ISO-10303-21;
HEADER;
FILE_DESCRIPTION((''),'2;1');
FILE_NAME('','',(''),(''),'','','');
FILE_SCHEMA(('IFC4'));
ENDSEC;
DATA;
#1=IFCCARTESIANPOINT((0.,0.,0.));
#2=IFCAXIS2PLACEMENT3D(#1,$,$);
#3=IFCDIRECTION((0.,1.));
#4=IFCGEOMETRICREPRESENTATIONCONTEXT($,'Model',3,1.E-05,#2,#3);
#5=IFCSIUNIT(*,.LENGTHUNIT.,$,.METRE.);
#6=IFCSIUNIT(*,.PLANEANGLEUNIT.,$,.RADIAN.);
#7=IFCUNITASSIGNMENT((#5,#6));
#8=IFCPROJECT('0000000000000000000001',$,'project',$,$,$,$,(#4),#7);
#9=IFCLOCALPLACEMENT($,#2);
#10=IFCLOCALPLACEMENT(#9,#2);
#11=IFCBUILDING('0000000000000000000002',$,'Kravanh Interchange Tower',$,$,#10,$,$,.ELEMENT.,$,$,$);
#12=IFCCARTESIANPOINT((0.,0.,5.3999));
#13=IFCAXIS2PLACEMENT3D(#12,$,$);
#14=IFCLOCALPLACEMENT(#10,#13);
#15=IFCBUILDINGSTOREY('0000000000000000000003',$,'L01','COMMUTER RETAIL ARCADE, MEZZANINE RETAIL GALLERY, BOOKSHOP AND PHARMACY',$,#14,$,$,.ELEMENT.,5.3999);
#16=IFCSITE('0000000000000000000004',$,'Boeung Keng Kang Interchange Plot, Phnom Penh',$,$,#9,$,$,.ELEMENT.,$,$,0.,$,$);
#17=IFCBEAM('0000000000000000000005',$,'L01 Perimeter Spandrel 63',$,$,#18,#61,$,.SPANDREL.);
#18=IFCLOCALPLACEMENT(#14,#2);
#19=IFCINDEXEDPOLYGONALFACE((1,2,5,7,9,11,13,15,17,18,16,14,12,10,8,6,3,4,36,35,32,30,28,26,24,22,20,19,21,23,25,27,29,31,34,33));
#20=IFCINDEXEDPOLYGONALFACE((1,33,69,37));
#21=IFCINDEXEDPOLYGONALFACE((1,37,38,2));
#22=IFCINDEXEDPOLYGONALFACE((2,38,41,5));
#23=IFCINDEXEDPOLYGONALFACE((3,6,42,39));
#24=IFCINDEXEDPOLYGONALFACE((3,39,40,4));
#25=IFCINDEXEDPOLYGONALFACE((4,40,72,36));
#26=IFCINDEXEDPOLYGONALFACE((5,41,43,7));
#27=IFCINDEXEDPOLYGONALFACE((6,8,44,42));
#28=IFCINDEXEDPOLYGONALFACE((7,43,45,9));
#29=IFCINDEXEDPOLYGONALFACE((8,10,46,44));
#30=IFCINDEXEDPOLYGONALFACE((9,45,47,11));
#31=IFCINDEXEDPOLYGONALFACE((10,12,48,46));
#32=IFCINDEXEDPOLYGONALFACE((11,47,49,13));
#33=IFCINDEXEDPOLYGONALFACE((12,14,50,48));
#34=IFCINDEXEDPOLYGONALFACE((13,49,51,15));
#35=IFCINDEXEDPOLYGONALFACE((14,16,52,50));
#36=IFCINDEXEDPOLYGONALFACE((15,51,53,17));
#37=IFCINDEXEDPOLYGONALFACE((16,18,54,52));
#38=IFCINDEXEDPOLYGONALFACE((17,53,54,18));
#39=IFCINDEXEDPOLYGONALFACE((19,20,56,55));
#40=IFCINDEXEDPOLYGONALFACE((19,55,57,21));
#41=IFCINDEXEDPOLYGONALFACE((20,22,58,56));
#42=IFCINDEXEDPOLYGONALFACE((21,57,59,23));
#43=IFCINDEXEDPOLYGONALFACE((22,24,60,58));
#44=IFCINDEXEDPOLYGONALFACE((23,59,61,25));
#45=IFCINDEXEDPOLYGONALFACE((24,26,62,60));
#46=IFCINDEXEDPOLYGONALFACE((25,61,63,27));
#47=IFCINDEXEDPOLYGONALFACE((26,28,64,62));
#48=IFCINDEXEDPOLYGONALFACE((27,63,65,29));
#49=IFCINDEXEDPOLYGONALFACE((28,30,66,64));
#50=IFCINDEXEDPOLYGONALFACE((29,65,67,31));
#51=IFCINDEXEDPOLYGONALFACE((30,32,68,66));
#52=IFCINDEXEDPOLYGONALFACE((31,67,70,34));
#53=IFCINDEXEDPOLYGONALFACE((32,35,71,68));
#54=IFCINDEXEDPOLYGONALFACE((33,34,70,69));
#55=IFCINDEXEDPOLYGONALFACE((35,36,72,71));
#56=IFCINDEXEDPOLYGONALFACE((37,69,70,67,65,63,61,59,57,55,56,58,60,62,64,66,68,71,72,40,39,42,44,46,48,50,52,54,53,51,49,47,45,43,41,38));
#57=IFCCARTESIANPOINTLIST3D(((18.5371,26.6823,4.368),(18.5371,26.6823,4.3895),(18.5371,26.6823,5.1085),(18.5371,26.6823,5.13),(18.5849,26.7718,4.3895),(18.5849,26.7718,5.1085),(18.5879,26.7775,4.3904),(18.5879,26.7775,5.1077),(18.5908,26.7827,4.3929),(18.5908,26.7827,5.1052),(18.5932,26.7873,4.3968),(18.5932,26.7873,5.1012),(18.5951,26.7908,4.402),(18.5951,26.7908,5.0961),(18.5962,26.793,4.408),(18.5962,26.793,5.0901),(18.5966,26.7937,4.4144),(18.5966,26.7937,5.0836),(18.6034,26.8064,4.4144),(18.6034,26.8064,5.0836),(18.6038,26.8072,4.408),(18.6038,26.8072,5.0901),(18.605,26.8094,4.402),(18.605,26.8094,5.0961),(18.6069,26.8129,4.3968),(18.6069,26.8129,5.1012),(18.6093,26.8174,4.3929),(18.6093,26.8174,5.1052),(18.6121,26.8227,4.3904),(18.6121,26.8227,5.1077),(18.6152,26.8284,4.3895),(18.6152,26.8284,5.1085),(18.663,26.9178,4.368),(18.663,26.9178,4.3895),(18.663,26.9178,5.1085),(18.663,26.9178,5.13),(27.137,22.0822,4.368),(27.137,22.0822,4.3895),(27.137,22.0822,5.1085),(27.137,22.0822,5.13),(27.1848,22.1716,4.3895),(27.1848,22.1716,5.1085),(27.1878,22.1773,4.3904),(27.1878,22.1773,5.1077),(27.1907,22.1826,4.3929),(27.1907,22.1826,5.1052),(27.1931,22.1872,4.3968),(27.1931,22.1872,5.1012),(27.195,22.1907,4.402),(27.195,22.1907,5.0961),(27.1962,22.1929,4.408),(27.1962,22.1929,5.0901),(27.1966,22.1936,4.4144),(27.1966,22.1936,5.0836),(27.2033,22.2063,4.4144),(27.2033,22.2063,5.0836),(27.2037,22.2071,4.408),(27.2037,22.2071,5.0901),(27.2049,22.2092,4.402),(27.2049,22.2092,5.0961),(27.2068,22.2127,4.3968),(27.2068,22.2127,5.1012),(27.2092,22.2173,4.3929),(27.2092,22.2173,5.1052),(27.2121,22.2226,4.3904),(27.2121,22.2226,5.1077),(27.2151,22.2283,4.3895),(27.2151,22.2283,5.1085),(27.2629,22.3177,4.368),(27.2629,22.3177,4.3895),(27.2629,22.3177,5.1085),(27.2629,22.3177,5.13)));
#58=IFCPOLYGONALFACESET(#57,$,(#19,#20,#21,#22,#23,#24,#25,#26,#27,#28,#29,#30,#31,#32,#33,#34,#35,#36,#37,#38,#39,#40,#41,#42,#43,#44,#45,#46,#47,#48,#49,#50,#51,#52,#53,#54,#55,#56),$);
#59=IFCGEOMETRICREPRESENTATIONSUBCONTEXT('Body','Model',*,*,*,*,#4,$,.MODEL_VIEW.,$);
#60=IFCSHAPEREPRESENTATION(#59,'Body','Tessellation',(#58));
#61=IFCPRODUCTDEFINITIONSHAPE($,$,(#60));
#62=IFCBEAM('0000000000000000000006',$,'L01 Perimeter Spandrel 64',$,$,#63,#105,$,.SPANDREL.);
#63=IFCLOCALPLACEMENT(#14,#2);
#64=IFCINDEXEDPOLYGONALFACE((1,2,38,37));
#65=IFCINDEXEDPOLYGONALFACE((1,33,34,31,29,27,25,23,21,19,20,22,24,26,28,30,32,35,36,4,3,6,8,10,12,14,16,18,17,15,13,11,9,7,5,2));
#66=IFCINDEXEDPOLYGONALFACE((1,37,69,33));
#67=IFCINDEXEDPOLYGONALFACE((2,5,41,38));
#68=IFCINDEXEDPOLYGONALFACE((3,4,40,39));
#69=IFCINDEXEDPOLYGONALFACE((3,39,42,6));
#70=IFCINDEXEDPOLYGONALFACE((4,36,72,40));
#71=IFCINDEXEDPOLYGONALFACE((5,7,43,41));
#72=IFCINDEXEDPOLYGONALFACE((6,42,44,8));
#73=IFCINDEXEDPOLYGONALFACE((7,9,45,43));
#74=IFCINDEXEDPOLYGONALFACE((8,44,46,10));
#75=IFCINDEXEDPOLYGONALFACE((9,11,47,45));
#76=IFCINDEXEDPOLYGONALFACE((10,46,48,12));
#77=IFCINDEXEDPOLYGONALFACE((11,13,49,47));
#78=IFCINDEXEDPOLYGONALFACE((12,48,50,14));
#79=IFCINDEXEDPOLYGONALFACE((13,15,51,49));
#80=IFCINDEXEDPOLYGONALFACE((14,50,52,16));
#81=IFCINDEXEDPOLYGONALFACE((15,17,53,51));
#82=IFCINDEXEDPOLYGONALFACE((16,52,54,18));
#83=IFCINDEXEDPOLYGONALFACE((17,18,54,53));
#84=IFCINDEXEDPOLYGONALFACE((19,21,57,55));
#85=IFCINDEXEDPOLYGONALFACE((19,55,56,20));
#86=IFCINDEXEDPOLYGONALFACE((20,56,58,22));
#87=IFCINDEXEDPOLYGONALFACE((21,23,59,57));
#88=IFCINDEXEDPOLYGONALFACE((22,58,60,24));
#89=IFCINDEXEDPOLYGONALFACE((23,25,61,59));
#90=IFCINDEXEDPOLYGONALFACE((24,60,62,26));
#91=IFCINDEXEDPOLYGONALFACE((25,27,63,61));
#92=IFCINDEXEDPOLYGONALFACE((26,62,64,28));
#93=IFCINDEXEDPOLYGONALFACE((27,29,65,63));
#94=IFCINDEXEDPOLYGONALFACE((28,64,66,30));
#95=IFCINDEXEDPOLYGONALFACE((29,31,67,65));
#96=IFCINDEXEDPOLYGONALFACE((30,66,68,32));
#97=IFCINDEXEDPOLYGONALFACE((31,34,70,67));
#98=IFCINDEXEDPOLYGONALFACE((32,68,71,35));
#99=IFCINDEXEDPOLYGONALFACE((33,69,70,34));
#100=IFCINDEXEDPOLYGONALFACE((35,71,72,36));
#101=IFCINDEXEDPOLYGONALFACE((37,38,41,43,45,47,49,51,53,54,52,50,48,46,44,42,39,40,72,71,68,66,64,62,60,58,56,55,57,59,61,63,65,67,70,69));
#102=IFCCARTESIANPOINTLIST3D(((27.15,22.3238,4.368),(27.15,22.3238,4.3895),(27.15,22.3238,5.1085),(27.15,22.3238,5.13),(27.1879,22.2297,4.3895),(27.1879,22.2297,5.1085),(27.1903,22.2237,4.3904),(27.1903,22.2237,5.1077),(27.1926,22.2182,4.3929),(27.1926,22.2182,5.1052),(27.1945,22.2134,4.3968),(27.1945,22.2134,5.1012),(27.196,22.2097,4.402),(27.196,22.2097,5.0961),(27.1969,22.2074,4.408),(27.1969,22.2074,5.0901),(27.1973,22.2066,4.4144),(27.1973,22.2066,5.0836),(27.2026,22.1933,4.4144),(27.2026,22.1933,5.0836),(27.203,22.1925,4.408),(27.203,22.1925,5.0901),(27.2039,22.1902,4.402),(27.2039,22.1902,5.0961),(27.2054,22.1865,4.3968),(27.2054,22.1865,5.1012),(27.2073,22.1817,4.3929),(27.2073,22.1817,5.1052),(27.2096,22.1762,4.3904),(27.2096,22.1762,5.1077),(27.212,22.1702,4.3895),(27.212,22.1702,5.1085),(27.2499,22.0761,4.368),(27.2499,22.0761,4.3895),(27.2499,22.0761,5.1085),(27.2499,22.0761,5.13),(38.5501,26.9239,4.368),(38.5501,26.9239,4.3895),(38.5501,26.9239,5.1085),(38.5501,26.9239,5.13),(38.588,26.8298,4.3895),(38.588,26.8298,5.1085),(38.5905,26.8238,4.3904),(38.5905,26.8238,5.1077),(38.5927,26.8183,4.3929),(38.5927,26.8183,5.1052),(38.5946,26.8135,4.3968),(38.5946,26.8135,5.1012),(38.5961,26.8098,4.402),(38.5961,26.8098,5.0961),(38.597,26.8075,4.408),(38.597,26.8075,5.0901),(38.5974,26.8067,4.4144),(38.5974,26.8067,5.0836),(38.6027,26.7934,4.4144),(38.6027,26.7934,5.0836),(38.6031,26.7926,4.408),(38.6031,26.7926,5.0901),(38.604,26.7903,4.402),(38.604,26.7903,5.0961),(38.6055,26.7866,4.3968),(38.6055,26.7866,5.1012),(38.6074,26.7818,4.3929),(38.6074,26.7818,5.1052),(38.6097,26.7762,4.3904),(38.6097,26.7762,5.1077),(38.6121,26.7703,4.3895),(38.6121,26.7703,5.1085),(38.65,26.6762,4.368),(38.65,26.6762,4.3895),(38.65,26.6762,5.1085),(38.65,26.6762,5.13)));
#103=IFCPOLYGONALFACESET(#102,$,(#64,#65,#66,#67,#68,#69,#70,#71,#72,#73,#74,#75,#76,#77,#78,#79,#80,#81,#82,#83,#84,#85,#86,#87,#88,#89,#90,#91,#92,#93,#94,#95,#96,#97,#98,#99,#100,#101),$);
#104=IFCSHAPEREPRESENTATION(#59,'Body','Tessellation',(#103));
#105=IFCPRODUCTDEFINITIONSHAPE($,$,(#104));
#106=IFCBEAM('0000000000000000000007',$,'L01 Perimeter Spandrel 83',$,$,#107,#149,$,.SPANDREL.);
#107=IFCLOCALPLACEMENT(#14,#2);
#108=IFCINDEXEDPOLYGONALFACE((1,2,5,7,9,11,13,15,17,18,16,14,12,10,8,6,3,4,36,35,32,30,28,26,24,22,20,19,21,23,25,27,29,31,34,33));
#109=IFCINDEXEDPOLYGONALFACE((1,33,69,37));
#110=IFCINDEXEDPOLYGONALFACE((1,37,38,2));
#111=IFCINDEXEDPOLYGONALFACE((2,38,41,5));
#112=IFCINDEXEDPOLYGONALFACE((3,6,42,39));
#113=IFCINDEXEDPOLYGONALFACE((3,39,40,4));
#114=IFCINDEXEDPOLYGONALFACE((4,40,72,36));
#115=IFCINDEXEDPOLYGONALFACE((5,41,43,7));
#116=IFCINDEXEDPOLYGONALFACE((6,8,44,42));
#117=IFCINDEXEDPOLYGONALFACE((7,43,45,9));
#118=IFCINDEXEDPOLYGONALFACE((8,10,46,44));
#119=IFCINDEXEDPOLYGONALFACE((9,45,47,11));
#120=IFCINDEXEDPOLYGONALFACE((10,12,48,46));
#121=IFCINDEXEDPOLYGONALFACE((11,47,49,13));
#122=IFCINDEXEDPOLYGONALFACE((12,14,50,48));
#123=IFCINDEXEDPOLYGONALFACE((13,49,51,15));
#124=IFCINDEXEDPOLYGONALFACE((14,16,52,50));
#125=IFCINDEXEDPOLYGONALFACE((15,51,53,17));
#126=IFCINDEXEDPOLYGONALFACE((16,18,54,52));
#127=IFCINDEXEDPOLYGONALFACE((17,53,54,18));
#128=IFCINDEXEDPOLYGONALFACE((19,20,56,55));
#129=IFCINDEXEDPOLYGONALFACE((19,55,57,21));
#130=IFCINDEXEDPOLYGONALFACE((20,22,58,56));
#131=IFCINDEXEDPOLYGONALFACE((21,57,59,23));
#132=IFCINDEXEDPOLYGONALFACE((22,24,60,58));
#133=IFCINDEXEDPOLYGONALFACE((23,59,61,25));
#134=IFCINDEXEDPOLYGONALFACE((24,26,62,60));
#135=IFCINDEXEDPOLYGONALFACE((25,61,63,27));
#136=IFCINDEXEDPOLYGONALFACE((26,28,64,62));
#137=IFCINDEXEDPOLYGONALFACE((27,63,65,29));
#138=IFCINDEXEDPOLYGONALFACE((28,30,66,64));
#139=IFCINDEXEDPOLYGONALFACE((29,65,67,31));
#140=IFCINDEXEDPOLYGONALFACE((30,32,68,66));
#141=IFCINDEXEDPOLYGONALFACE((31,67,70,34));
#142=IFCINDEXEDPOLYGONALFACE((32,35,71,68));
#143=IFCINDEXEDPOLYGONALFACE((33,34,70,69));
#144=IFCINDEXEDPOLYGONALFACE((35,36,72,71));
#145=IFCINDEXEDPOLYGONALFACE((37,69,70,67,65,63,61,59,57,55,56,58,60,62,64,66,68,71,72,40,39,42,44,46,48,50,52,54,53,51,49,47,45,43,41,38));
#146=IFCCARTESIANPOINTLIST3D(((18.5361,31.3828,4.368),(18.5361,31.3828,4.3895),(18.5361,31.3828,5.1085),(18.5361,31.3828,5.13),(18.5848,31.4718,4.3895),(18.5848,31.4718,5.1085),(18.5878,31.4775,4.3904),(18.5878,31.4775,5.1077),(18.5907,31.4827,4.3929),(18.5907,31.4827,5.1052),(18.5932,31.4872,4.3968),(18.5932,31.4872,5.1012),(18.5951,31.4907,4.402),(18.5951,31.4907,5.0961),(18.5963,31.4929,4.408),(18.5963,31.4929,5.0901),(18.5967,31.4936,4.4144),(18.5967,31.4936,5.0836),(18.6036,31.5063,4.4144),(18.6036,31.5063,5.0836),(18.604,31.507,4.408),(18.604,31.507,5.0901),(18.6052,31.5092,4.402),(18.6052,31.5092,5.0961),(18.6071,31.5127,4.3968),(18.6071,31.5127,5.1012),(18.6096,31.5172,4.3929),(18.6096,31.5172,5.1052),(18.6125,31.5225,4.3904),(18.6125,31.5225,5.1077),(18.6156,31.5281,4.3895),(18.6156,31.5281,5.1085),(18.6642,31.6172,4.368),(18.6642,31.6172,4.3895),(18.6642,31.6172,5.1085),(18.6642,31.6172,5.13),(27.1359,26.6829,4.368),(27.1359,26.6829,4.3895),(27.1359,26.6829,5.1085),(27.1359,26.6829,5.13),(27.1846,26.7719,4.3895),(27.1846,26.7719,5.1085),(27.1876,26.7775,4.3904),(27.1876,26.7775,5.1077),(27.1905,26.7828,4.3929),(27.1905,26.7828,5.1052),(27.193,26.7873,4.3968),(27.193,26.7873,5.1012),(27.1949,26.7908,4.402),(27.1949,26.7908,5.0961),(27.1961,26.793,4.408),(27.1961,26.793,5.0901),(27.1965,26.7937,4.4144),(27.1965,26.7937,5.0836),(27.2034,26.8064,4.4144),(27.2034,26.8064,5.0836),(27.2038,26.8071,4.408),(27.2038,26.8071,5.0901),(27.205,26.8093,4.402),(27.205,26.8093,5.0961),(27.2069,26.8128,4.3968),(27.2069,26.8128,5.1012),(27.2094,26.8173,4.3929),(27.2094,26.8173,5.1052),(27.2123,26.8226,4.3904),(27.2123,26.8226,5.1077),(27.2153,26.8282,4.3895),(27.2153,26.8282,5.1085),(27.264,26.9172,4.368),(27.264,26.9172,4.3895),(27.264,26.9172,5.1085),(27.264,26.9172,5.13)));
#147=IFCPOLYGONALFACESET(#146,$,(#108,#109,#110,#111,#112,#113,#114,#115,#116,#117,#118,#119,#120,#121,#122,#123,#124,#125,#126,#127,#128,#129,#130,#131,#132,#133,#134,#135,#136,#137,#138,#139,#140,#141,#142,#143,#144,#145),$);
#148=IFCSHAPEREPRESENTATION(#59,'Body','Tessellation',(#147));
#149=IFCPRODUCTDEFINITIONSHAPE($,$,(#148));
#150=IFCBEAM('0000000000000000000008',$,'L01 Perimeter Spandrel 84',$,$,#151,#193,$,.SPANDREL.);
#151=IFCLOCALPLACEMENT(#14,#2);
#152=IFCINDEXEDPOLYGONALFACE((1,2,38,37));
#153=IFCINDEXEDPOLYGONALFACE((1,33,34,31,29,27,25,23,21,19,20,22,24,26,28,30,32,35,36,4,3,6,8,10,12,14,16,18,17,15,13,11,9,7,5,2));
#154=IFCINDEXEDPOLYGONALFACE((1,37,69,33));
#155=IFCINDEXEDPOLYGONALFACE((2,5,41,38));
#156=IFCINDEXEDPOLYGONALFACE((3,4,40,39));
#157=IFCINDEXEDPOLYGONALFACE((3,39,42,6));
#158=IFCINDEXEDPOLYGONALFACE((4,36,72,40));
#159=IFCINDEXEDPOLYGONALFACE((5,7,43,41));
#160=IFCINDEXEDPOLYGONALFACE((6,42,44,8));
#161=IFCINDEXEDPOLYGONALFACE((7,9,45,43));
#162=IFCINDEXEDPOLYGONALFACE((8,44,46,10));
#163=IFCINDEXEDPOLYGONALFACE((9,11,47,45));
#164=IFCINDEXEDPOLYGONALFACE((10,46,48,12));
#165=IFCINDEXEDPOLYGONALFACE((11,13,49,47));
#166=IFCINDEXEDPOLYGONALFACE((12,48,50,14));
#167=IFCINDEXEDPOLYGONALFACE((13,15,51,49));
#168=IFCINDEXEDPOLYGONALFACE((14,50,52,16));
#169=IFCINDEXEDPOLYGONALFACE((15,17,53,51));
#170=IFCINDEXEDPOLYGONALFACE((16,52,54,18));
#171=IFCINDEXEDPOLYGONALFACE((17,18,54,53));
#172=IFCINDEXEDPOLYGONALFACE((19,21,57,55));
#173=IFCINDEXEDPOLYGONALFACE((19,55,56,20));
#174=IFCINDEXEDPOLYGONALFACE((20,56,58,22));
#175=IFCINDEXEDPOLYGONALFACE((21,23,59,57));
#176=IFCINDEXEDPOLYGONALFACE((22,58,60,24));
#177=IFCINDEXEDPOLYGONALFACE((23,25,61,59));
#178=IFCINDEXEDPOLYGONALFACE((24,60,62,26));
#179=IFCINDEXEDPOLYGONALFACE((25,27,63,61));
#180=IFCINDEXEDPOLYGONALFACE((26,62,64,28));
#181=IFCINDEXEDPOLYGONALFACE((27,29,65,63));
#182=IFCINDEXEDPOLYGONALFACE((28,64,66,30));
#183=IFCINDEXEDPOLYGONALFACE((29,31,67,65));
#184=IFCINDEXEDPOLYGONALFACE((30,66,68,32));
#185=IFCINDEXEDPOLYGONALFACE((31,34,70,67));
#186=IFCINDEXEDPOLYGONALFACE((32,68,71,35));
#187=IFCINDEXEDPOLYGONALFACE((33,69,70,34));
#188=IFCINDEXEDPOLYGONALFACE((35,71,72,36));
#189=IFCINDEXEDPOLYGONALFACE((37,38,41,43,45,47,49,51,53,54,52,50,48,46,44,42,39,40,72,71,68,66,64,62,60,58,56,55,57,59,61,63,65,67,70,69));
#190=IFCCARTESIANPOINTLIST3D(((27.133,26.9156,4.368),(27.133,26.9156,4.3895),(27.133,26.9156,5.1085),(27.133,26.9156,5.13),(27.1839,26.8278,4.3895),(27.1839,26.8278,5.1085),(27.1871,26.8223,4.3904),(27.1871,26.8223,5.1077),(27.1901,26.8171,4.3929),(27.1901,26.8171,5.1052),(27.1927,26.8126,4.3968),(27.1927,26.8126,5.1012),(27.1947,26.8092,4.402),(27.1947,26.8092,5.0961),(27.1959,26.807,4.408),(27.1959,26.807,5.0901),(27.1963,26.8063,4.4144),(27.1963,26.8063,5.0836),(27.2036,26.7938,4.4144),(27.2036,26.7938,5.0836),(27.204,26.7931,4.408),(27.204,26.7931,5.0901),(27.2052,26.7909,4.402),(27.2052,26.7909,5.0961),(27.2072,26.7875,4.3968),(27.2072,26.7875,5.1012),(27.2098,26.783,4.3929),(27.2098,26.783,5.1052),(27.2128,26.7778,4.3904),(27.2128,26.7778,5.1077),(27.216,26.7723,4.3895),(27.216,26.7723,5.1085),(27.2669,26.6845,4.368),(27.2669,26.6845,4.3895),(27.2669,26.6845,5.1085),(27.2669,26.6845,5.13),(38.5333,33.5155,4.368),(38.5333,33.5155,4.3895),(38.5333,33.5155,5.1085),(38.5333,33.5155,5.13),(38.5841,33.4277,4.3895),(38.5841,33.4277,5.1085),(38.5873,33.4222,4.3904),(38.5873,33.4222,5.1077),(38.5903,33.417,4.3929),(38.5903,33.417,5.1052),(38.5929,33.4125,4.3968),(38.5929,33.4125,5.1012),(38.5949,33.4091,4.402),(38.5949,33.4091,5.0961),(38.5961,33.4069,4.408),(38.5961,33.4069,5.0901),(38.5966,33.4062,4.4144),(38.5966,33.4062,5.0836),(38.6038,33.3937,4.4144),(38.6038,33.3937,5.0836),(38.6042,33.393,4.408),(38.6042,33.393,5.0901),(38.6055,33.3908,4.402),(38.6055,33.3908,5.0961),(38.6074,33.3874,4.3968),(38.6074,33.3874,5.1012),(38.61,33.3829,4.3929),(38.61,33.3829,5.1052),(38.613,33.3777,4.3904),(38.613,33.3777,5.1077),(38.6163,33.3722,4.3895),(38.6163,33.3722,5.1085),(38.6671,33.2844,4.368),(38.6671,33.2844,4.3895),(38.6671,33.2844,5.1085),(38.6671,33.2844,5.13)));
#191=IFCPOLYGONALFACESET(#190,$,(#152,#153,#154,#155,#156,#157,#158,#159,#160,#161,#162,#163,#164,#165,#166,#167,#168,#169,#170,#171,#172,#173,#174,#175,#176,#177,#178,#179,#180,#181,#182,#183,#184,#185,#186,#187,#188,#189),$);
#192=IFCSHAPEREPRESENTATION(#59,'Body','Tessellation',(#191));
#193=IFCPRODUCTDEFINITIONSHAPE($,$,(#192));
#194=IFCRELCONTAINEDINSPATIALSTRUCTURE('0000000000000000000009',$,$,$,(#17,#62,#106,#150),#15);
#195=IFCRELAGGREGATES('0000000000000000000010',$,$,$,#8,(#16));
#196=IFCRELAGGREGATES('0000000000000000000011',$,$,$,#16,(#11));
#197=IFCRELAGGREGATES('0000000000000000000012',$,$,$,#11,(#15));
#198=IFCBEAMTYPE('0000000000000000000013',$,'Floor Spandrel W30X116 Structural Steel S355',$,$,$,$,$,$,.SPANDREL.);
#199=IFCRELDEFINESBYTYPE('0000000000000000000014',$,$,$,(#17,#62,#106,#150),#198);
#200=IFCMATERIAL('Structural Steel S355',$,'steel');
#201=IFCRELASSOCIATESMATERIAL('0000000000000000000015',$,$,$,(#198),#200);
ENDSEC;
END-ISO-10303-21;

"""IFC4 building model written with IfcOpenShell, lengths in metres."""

from ifc_helpers import new_model, si_unit, direction, frame, origin, origin_2d, place, context, subcontext, project, spatial, i_section, extrude, material, material_profile, profile_set, type_object, element, save


model = new_model("IFC4")

# Units and contexts
model_context = context("Model", 3, precision=1e-05, world=origin(), true_north=direction((0.0, 1.0)))
body_context = subcontext(model_context, "Body", "Model", "MODEL_VIEW")
ifc_project = project(units=[si_unit("LENGTHUNIT", "METRE"), si_unit("PLANEANGLEUNIT", "RADIAN")], contexts=[model_context])

# Site, building, storey
site_placement = place(None, origin())
site = spatial("IfcSite", under=ifc_project, at=site_placement, Name="Boeung Keng Kang Interchange Plot, Phnom Penh", CompositionType="ELEMENT", RefElevation=0.0)
building_placement = place(site_placement, origin())
building = spatial("IfcBuilding", under=site, at=building_placement, Name="Kravanh Interchange Tower", CompositionType="ELEMENT")
storey_placement = place(building_placement, frame((0.0, 0.0, 5.3999)))
storey = spatial("IfcBuildingStorey", under=building, at=storey_placement, Name="L01", Description="COMMUTER RETAIL ARCADE, MEZZANINE RETAIL GALLERY, BOOKSHOP AND PHARMACY", CompositionType="ELEMENT", Elevation=5.3999)

# Beams
ifc_material_1 = material(Name="Structural Steel S355", Category="steel")
ifc_material_profile_1 = material_profile(ifc_material_1, i_section(OverallWidth=0.2671, OverallDepth=0.762, WebThickness=0.0144, FlangeThickness=0.0215, FilletRadius=0.0249, at=origin_2d()), Name="W30X116")
ifc_profile_set_1 = profile_set([ifc_material_profile_1], Name="Structural Steel S355")
beam_type_1 = type_object("IfcBeamType", Name="Floor Spandrel W30X116 Structural Steel S355", PredefinedType="SPANDREL", material=ifc_profile_set_1)
beam_1_placement = place(storey_placement, frame((27.2, 22.2, 4.749), z_axis=(-0.881777, 0.471666, 0.0), x_axis=(-0.471666, -0.881777, 0.0)))
element("IfcBeam", 1, at=beam_1_placement, inside=storey, type_object=beam_type_1, Name="L01 Perimeter Spandrel 63", PredefinedType="SPANDREL", context=body_context, shape_type="SweptSolid", body=[
    extrude(i_section(OverallWidth=0.2671, OverallDepth=0.762, WebThickness=0.0144, FlangeThickness=0.0215, FilletRadius=0.0249, at=origin_2d()), origin(), (0.0, 0.0, 1.0), 9.7529),
])
beam_2_placement = place(storey_placement, frame((27.2, 22.2, 4.749), z_axis=(0.927349, 0.374197, 0.0), x_axis=(-0.374197, 0.927349, 0.0)))
element("IfcBeam", 2, at=beam_2_placement, inside=storey, type_object=beam_type_1, Name="L01 Perimeter Spandrel 64", PredefinedType="SPANDREL", context=body_context, shape_type="SweptSolid", body=[
    extrude(i_section(OverallWidth=0.2671, OverallDepth=0.762, WebThickness=0.0144, FlangeThickness=0.0215, FilletRadius=0.0249, at=origin_2d()), origin(), (0.0, 0.0, 1.0), 12.2932),
])
beam_3_placement = place(storey_placement, frame((27.2, 26.8, 4.749), z_axis=(-0.877504, 0.479569, 0.0), x_axis=(-0.479569, -0.877504, 0.0)))
element("IfcBeam", 3, at=beam_3_placement, inside=storey, type_object=beam_type_1, Name="L01 Perimeter Spandrel 83", PredefinedType="SPANDREL", context=body_context, shape_type="SweptSolid", body=[
    extrude(i_section(OverallWidth=0.2671, OverallDepth=0.762, WebThickness=0.0144, FlangeThickness=0.0215, FilletRadius=0.0249, at=origin_2d()), origin(), (0.0, 0.0, 1.0), 9.8003),
])
beam_4_placement = place(storey_placement, frame((27.2, 26.8, 4.749), z_axis=(0.865434, 0.501023, 0.0), x_axis=(-0.501023, 0.865434, 0.0)))
element("IfcBeam", 4, at=beam_4_placement, inside=storey, type_object=beam_type_1, Name="L01 Perimeter Spandrel 84", PredefinedType="SPANDREL", context=body_context, shape_type="SweptSolid", body=[
    extrude(i_section(OverallWidth=0.2671, OverallDepth=0.762, WebThickness=0.0144, FlangeThickness=0.0215, FilletRadius=0.0249, at=origin_2d()), origin(), (0.0, 0.0, 1.0), 13.1729),
])

save(model, "model.ifc")
